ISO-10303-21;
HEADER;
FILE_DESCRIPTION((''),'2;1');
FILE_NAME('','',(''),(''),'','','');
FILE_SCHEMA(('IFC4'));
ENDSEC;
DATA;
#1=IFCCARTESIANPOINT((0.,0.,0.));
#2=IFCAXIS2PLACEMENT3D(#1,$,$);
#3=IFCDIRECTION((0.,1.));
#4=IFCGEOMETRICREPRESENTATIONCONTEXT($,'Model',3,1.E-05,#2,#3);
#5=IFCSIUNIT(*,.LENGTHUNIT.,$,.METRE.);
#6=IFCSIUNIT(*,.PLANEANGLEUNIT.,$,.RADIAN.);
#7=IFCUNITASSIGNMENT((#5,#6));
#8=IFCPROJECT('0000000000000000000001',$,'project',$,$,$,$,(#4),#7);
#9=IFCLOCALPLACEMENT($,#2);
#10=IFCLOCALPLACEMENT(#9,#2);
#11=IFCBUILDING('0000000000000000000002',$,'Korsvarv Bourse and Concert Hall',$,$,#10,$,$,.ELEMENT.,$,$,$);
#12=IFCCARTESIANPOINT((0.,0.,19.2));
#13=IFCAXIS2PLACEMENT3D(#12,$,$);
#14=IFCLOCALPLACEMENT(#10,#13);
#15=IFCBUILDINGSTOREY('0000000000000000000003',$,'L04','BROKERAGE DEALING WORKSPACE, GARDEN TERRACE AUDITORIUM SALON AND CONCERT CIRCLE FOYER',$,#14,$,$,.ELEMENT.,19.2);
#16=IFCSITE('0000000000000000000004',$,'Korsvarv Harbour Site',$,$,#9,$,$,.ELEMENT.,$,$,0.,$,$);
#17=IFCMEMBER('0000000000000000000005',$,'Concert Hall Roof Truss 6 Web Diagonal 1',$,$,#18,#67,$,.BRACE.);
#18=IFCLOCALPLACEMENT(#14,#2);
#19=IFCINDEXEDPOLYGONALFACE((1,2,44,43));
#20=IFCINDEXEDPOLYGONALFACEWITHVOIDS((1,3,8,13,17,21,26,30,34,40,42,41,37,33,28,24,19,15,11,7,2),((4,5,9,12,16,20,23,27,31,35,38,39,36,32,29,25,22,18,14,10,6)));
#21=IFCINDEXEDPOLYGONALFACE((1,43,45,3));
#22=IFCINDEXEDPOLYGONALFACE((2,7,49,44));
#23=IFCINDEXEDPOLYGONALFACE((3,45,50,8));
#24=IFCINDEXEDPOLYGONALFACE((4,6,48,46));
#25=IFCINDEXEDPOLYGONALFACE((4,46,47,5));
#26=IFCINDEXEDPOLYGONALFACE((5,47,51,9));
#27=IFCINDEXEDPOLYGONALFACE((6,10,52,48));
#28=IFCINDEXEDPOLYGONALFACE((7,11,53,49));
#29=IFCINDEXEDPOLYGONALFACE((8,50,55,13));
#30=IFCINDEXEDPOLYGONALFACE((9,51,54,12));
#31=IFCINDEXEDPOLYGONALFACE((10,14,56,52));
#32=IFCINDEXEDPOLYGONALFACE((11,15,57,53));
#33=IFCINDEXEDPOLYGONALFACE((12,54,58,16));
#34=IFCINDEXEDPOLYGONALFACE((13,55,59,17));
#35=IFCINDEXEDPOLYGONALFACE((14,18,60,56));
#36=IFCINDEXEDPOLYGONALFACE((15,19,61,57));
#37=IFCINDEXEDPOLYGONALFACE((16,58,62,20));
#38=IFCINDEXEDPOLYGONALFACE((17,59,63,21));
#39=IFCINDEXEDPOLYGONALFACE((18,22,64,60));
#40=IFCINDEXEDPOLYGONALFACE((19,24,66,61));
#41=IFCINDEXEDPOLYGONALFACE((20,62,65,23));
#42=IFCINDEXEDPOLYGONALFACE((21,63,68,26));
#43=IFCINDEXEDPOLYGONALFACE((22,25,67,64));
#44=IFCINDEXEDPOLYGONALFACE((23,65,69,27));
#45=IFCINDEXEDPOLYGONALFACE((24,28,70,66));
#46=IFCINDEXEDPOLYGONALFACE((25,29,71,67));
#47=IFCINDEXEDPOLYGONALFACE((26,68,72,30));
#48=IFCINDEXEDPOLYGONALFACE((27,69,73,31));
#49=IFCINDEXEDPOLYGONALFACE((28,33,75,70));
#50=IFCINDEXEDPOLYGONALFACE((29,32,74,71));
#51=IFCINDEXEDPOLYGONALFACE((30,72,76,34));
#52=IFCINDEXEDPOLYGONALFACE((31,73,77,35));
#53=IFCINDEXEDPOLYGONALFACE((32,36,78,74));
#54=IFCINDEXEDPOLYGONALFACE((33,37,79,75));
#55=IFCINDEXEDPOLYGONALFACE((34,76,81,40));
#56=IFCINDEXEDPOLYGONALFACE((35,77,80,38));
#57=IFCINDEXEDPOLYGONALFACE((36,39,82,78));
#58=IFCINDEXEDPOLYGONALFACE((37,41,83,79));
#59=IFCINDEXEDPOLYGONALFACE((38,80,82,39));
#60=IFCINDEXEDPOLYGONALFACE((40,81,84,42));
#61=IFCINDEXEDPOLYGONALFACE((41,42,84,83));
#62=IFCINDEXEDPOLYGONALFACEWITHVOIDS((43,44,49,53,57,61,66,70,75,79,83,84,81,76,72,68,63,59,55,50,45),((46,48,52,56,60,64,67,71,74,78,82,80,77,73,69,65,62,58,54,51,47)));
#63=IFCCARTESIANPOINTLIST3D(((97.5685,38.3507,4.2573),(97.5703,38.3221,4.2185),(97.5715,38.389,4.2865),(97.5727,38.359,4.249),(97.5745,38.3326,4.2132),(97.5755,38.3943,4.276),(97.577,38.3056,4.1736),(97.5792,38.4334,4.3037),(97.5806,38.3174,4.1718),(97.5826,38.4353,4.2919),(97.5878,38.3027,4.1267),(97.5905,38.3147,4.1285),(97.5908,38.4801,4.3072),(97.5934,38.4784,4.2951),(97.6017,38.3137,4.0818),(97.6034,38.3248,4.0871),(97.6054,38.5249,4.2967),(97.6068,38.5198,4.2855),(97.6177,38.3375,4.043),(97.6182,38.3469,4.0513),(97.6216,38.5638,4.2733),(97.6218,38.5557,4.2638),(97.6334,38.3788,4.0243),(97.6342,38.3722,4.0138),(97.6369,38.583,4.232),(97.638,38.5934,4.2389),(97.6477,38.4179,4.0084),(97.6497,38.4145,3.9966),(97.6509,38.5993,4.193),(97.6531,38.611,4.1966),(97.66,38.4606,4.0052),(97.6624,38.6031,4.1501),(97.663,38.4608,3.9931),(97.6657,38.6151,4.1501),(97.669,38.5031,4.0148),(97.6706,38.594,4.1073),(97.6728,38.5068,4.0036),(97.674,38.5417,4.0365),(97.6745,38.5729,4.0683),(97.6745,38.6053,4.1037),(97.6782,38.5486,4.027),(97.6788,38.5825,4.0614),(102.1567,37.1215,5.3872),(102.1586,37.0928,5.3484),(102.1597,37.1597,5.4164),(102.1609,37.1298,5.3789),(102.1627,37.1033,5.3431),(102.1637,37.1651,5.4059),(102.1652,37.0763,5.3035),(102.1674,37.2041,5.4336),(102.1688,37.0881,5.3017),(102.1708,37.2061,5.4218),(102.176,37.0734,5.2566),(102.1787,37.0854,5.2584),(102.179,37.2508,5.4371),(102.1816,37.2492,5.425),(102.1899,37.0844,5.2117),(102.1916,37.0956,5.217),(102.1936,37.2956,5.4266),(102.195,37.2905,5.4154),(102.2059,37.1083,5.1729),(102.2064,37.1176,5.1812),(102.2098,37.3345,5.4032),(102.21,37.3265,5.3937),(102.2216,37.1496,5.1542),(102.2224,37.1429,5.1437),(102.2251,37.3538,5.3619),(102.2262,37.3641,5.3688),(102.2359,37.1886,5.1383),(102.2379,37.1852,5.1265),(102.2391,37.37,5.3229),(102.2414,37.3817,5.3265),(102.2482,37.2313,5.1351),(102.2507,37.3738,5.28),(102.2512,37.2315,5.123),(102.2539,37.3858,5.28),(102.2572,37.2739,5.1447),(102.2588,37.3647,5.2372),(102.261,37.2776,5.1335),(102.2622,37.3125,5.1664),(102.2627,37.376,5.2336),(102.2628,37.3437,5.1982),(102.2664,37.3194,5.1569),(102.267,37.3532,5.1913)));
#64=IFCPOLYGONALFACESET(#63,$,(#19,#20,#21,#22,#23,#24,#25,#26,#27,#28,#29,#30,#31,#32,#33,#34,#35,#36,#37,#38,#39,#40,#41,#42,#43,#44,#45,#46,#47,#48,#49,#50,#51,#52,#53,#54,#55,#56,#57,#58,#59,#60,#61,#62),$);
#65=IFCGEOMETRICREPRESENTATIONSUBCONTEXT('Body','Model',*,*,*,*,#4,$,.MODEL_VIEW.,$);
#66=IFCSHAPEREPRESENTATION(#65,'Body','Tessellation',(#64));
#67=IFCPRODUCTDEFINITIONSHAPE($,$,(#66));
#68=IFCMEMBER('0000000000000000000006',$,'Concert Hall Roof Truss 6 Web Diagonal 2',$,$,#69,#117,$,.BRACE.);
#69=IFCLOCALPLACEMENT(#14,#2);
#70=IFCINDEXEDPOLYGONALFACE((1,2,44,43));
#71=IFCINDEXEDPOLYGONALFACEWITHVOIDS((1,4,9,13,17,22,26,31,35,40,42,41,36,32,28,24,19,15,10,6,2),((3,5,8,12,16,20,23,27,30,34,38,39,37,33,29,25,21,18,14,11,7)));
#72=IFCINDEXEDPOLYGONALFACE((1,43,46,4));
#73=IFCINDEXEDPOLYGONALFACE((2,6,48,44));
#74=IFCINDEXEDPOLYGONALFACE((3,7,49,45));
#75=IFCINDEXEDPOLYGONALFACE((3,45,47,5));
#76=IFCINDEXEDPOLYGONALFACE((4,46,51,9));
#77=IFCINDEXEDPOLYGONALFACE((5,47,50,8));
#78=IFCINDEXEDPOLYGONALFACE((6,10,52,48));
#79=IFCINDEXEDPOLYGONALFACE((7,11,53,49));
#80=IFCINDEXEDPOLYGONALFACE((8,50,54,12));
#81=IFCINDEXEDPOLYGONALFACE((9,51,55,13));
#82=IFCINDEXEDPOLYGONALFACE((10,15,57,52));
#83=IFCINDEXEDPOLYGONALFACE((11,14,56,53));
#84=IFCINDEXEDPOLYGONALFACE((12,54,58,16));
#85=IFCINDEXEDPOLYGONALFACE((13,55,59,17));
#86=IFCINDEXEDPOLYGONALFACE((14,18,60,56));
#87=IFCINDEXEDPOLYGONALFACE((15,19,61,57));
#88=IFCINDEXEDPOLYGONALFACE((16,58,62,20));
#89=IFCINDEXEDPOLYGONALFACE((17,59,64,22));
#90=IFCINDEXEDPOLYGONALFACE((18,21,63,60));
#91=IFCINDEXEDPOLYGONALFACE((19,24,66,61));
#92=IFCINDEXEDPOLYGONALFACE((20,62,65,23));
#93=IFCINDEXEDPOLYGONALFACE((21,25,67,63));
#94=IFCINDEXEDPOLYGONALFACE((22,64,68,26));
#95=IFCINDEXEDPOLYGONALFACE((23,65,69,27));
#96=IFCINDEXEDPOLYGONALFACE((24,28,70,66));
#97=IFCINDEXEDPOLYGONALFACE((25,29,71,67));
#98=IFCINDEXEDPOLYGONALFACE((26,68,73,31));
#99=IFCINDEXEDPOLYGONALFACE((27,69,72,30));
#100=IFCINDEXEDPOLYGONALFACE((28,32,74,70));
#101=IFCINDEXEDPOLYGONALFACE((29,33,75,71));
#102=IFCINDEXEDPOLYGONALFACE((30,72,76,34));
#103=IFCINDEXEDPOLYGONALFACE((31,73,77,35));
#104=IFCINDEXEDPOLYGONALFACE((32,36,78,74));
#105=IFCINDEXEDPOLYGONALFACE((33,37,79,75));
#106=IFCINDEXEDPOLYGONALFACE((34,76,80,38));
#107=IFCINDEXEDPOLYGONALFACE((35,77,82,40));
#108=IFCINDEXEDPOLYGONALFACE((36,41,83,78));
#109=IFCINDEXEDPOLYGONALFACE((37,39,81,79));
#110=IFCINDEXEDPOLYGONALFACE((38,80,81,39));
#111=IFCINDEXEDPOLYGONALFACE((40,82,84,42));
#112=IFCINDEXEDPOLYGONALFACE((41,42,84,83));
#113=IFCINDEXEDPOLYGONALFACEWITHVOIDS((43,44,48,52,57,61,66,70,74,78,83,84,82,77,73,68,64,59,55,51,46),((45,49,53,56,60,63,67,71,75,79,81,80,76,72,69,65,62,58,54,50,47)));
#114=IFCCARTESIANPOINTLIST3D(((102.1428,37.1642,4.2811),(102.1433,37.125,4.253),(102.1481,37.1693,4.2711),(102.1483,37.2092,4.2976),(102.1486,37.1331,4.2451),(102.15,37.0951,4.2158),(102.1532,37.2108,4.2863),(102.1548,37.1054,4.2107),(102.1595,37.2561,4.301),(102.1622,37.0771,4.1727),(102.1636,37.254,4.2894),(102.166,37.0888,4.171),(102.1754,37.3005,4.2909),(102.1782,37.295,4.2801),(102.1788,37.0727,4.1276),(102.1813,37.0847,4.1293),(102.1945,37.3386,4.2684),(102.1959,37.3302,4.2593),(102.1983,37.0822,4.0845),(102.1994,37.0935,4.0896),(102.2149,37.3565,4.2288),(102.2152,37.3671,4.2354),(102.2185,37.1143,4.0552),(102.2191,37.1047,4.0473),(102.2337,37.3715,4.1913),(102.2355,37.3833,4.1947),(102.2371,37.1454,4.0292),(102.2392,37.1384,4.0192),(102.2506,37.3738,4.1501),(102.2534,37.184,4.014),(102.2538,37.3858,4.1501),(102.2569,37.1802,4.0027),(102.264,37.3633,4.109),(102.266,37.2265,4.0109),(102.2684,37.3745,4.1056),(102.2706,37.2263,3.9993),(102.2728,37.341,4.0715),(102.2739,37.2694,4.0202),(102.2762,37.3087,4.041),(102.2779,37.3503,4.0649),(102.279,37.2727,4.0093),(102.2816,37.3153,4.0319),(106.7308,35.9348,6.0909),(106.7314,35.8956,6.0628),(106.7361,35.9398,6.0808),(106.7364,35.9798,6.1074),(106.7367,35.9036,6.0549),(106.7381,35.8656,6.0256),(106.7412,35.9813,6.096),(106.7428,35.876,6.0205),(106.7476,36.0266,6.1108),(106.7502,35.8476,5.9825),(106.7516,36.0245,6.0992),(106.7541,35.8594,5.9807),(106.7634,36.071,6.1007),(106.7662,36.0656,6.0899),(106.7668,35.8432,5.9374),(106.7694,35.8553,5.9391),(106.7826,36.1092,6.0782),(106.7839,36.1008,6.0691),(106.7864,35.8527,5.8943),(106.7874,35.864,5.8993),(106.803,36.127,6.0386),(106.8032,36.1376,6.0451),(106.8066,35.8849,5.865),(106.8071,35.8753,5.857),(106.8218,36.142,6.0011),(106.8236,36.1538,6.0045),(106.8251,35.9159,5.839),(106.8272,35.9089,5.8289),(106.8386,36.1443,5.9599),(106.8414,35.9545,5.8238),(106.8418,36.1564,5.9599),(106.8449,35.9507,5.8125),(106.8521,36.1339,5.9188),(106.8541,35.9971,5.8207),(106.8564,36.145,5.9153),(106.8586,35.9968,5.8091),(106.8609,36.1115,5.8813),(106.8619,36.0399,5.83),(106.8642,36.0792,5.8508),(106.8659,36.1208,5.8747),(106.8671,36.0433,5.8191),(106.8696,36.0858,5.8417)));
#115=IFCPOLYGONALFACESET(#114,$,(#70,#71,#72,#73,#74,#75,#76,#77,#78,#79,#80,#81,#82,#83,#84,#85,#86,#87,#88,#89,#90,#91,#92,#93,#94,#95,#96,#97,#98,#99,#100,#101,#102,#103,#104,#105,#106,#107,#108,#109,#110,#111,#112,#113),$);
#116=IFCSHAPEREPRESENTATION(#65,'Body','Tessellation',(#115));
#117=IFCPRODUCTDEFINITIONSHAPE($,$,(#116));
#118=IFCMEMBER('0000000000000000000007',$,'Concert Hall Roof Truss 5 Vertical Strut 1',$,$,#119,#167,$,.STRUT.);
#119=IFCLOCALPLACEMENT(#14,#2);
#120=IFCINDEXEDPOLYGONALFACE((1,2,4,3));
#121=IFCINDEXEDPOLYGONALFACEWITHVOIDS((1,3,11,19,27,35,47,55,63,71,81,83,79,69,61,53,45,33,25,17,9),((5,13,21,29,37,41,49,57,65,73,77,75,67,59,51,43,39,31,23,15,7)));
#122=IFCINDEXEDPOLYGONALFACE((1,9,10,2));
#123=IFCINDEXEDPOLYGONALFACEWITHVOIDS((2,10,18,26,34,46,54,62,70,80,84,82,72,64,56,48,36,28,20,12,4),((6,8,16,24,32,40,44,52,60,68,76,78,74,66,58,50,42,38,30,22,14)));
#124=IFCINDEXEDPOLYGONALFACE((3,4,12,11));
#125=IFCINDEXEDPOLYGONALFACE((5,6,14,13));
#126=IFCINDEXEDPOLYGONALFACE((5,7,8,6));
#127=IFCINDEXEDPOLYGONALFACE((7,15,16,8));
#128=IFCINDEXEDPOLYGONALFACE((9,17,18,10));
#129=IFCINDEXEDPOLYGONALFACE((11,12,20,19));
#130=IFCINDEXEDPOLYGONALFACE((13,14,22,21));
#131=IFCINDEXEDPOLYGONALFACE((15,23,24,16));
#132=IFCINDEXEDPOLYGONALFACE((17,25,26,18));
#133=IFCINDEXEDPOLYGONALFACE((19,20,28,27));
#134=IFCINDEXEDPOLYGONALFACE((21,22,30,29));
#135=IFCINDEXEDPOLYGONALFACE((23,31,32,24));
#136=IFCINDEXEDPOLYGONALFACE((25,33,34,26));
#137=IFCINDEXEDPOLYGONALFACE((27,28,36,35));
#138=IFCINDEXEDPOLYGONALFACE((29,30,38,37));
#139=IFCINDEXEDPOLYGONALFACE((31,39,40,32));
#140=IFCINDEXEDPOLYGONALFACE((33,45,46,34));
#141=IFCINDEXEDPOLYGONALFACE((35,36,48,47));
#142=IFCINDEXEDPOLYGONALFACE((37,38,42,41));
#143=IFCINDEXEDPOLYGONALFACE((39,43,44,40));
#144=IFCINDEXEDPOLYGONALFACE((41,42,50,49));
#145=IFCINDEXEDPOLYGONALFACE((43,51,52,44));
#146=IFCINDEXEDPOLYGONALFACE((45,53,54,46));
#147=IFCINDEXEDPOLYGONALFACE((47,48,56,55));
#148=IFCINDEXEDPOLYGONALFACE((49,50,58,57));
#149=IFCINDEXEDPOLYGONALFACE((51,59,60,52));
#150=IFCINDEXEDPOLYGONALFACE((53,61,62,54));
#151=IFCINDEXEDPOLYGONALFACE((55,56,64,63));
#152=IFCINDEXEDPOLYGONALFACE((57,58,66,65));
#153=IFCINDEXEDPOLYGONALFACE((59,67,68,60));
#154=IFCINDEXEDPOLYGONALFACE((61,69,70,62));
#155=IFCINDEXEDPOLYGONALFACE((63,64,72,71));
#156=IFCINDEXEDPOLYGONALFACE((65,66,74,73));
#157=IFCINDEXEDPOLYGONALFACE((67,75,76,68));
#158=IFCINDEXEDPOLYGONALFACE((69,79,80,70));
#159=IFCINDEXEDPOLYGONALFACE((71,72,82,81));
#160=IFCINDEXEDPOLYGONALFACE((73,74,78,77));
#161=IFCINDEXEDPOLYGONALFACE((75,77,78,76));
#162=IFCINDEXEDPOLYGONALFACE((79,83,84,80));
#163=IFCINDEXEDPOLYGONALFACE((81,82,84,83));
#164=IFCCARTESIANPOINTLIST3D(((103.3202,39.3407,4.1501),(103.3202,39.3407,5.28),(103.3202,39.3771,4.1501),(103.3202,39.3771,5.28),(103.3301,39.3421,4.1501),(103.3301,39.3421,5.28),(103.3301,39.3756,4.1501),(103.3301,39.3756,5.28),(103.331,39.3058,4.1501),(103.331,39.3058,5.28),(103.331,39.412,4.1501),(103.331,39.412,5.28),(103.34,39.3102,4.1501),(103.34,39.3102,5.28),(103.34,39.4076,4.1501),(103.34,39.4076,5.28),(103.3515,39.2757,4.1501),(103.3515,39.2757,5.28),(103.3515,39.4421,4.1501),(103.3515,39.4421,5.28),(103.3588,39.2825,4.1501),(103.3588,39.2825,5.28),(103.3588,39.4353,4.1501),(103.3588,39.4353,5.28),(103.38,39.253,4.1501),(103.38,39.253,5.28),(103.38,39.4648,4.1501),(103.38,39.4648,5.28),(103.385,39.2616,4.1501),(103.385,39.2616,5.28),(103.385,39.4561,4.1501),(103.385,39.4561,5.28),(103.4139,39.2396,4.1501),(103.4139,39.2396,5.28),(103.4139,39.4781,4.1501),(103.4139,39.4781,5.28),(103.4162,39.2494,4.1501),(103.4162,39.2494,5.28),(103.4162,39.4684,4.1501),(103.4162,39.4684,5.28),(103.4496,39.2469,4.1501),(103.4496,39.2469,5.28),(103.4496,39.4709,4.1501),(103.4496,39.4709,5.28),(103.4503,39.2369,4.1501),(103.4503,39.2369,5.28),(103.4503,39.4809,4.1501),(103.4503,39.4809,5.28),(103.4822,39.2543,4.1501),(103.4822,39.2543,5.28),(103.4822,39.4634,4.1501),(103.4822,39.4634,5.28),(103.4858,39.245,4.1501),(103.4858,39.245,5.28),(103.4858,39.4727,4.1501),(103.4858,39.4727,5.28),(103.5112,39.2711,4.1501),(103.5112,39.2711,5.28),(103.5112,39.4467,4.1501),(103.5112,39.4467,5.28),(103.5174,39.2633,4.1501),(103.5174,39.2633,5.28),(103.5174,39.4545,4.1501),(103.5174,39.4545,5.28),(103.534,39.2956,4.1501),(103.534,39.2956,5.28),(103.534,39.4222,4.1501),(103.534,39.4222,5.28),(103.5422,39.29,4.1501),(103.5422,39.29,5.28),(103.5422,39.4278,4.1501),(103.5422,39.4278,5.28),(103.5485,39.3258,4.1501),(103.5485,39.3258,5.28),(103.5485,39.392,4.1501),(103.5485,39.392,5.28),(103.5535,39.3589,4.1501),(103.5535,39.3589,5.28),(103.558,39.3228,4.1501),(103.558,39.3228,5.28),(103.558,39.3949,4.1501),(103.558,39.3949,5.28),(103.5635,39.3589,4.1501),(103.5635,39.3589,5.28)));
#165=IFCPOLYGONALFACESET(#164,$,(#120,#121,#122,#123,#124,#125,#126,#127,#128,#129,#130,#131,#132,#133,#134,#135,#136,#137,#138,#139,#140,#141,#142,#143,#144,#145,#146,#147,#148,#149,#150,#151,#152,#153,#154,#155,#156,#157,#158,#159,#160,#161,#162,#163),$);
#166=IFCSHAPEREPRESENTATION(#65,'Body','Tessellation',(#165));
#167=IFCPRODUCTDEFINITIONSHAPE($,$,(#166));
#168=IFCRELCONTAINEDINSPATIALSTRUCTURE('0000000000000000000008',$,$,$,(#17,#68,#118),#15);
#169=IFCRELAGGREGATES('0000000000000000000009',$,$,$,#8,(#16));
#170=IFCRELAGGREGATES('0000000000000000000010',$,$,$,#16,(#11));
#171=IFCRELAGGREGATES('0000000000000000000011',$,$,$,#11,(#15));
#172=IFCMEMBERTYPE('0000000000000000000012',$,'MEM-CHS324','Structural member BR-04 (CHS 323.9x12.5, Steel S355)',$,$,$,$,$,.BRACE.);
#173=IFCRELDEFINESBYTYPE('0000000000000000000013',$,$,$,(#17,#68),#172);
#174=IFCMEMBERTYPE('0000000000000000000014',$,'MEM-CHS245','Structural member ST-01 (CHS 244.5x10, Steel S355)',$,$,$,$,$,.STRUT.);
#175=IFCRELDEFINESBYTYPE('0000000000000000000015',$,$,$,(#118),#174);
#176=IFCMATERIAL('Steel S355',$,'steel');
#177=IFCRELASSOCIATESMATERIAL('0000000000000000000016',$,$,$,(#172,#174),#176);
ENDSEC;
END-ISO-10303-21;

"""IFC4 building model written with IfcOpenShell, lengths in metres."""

from ifc_helpers import new_model, si_unit, direction, frame, origin, origin_2d, place, context, subcontext, project, spatial, hollow_circle, extrude, source, transform, mapped, material, material_profile, profile_set, type_object, element, save


model = new_model("IFC4")

# Units and contexts
model_context = context("Model", 3, precision=1e-05, world=origin(), true_north=direction((0.0, 1.0)))
body_context = subcontext(model_context, "Body", "Model", "MODEL_VIEW")
ifc_project = project(units=[si_unit("LENGTHUNIT", "METRE"), si_unit("PLANEANGLEUNIT", "RADIAN")], contexts=[model_context])

# Site, building, storey
site_placement = place(None, origin())
site = spatial("IfcSite", under=ifc_project, at=site_placement, Name="Korsvarv Harbour Site", CompositionType="ELEMENT", RefElevation=0.0)
building_placement = place(site_placement, origin())
building = spatial("IfcBuilding", under=site, at=building_placement, Name="Korsvarv Bourse and Concert Hall", CompositionType="ELEMENT")
storey_placement = place(building_placement, frame((0.0, 0.0, 19.2)))
storey = spatial("IfcBuildingStorey", under=building, at=storey_placement, Name="L04", Description="BROKERAGE DEALING WORKSPACE, GARDEN TERRACE AUDITORIUM SALON AND CONCERT CIRCLE FOYER", CompositionType="ELEMENT", Elevation=19.2)

# Shared definitions
ifc_material_1 = material(Name="Steel S355", Category="steel")

# Members
ifc_material_profile_1 = material_profile(ifc_material_1, hollow_circle(Radius=0.1619, WallThickness=0.0125, at=origin_2d()), Name="CHS 323.9x12.5")
ifc_profile_set_1 = profile_set([ifc_material_profile_1], Name="Steel S355")
member_type_1 = type_object("IfcMemberType", Name="MEM-CHS324", Description="Structural member BR-04 (CHS 323.9x12.5, Steel S355)", PredefinedType="BRACE", material=ifc_profile_set_1)
shared_shape_1 = source(origin(), body_context, "Body", "SweptSolid", [
    extrude(hollow_circle(Radius=0.1619, WallThickness=0.0125, at=origin_2d()), origin(), (0.0, 0.0, 1.0), 4.8826),
])
member_1_placement = place(storey_placement, frame((97.6238, 38.4587, 4.1501), z_axis=(0.939713, -0.251767, 0.231415), x_axis=(0.258792, 0.965933, 0.0)))
element("IfcMember", 1, at=member_1_placement, inside=storey, type_object=member_type_1, Name="Concert Hall Roof Truss 6 Web Diagonal 1", PredefinedType="BRACE", context=body_context, shape_type="MappedRepresentation", body=[
    mapped(shared_shape_1, transform((0.0, 0.0, 0.0), scale=1.0)),
])
shared_shape_2 = source(origin(), body_context, "Body", "SweptSolid", [
    extrude(hollow_circle(Radius=0.1619, WallThickness=0.0125, at=origin_2d()), origin(), (0.0, 0.0, 1.0), 5.083),
])
member_2_placement = place(storey_placement, frame((102.2119, 37.2295, 4.1501), z_axis=(0.902623, -0.241878, 0.356044), x_axis=(0.25884, 0.96592, 0.0)))
element("IfcMember", 2, at=member_2_placement, inside=storey, type_object=member_type_1, Name="Concert Hall Roof Truss 6 Web Diagonal 2", PredefinedType="BRACE", context=body_context, shape_type="MappedRepresentation", body=[
    mapped(shared_shape_2, transform((0.0, 0.0, 0.0), scale=1.0)),
])
ifc_material_profile_2 = material_profile(ifc_material_1, hollow_circle(Radius=0.1223, WallThickness=0.01, at=origin_2d()), Name="CHS 244.5x10")
ifc_profile_set_2 = profile_set([ifc_material_profile_2], Name="Steel S355")
member_type_2 = type_object("IfcMemberType", Name="MEM-CHS245", Description="Structural member ST-01 (CHS 244.5x10, Steel S355)", PredefinedType="STRUT", material=ifc_profile_set_2)
shared_shape_3 = source(origin(), body_context, "Body", "SweptSolid", [
    extrude(hollow_circle(Radius=0.1223, WallThickness=0.01, at=origin_2d()), origin(), (0.0, 0.0, 1.0), 1.1299),
])
for number, where, z_axis, x_axis, name in (
    (3, (103.4412, 39.3589, 4.1501), (0.0, 0.0, 1.0), (1.0, 0.0, 0.0), "Concert Hall Roof Truss 5 Vertical Strut 1"),
):
    element("IfcMember", number, at=place(storey_placement, frame(where, z_axis=z_axis, x_axis=x_axis)), inside=storey, type_object=member_type_2, Name=name, PredefinedType="STRUT", context=body_context, shape_type="MappedRepresentation", body=[
        mapped(shared_shape_3, transform((0.0, 0.0, 0.0), scale=1.0)),
    ])

save(model, "model.ifc")
